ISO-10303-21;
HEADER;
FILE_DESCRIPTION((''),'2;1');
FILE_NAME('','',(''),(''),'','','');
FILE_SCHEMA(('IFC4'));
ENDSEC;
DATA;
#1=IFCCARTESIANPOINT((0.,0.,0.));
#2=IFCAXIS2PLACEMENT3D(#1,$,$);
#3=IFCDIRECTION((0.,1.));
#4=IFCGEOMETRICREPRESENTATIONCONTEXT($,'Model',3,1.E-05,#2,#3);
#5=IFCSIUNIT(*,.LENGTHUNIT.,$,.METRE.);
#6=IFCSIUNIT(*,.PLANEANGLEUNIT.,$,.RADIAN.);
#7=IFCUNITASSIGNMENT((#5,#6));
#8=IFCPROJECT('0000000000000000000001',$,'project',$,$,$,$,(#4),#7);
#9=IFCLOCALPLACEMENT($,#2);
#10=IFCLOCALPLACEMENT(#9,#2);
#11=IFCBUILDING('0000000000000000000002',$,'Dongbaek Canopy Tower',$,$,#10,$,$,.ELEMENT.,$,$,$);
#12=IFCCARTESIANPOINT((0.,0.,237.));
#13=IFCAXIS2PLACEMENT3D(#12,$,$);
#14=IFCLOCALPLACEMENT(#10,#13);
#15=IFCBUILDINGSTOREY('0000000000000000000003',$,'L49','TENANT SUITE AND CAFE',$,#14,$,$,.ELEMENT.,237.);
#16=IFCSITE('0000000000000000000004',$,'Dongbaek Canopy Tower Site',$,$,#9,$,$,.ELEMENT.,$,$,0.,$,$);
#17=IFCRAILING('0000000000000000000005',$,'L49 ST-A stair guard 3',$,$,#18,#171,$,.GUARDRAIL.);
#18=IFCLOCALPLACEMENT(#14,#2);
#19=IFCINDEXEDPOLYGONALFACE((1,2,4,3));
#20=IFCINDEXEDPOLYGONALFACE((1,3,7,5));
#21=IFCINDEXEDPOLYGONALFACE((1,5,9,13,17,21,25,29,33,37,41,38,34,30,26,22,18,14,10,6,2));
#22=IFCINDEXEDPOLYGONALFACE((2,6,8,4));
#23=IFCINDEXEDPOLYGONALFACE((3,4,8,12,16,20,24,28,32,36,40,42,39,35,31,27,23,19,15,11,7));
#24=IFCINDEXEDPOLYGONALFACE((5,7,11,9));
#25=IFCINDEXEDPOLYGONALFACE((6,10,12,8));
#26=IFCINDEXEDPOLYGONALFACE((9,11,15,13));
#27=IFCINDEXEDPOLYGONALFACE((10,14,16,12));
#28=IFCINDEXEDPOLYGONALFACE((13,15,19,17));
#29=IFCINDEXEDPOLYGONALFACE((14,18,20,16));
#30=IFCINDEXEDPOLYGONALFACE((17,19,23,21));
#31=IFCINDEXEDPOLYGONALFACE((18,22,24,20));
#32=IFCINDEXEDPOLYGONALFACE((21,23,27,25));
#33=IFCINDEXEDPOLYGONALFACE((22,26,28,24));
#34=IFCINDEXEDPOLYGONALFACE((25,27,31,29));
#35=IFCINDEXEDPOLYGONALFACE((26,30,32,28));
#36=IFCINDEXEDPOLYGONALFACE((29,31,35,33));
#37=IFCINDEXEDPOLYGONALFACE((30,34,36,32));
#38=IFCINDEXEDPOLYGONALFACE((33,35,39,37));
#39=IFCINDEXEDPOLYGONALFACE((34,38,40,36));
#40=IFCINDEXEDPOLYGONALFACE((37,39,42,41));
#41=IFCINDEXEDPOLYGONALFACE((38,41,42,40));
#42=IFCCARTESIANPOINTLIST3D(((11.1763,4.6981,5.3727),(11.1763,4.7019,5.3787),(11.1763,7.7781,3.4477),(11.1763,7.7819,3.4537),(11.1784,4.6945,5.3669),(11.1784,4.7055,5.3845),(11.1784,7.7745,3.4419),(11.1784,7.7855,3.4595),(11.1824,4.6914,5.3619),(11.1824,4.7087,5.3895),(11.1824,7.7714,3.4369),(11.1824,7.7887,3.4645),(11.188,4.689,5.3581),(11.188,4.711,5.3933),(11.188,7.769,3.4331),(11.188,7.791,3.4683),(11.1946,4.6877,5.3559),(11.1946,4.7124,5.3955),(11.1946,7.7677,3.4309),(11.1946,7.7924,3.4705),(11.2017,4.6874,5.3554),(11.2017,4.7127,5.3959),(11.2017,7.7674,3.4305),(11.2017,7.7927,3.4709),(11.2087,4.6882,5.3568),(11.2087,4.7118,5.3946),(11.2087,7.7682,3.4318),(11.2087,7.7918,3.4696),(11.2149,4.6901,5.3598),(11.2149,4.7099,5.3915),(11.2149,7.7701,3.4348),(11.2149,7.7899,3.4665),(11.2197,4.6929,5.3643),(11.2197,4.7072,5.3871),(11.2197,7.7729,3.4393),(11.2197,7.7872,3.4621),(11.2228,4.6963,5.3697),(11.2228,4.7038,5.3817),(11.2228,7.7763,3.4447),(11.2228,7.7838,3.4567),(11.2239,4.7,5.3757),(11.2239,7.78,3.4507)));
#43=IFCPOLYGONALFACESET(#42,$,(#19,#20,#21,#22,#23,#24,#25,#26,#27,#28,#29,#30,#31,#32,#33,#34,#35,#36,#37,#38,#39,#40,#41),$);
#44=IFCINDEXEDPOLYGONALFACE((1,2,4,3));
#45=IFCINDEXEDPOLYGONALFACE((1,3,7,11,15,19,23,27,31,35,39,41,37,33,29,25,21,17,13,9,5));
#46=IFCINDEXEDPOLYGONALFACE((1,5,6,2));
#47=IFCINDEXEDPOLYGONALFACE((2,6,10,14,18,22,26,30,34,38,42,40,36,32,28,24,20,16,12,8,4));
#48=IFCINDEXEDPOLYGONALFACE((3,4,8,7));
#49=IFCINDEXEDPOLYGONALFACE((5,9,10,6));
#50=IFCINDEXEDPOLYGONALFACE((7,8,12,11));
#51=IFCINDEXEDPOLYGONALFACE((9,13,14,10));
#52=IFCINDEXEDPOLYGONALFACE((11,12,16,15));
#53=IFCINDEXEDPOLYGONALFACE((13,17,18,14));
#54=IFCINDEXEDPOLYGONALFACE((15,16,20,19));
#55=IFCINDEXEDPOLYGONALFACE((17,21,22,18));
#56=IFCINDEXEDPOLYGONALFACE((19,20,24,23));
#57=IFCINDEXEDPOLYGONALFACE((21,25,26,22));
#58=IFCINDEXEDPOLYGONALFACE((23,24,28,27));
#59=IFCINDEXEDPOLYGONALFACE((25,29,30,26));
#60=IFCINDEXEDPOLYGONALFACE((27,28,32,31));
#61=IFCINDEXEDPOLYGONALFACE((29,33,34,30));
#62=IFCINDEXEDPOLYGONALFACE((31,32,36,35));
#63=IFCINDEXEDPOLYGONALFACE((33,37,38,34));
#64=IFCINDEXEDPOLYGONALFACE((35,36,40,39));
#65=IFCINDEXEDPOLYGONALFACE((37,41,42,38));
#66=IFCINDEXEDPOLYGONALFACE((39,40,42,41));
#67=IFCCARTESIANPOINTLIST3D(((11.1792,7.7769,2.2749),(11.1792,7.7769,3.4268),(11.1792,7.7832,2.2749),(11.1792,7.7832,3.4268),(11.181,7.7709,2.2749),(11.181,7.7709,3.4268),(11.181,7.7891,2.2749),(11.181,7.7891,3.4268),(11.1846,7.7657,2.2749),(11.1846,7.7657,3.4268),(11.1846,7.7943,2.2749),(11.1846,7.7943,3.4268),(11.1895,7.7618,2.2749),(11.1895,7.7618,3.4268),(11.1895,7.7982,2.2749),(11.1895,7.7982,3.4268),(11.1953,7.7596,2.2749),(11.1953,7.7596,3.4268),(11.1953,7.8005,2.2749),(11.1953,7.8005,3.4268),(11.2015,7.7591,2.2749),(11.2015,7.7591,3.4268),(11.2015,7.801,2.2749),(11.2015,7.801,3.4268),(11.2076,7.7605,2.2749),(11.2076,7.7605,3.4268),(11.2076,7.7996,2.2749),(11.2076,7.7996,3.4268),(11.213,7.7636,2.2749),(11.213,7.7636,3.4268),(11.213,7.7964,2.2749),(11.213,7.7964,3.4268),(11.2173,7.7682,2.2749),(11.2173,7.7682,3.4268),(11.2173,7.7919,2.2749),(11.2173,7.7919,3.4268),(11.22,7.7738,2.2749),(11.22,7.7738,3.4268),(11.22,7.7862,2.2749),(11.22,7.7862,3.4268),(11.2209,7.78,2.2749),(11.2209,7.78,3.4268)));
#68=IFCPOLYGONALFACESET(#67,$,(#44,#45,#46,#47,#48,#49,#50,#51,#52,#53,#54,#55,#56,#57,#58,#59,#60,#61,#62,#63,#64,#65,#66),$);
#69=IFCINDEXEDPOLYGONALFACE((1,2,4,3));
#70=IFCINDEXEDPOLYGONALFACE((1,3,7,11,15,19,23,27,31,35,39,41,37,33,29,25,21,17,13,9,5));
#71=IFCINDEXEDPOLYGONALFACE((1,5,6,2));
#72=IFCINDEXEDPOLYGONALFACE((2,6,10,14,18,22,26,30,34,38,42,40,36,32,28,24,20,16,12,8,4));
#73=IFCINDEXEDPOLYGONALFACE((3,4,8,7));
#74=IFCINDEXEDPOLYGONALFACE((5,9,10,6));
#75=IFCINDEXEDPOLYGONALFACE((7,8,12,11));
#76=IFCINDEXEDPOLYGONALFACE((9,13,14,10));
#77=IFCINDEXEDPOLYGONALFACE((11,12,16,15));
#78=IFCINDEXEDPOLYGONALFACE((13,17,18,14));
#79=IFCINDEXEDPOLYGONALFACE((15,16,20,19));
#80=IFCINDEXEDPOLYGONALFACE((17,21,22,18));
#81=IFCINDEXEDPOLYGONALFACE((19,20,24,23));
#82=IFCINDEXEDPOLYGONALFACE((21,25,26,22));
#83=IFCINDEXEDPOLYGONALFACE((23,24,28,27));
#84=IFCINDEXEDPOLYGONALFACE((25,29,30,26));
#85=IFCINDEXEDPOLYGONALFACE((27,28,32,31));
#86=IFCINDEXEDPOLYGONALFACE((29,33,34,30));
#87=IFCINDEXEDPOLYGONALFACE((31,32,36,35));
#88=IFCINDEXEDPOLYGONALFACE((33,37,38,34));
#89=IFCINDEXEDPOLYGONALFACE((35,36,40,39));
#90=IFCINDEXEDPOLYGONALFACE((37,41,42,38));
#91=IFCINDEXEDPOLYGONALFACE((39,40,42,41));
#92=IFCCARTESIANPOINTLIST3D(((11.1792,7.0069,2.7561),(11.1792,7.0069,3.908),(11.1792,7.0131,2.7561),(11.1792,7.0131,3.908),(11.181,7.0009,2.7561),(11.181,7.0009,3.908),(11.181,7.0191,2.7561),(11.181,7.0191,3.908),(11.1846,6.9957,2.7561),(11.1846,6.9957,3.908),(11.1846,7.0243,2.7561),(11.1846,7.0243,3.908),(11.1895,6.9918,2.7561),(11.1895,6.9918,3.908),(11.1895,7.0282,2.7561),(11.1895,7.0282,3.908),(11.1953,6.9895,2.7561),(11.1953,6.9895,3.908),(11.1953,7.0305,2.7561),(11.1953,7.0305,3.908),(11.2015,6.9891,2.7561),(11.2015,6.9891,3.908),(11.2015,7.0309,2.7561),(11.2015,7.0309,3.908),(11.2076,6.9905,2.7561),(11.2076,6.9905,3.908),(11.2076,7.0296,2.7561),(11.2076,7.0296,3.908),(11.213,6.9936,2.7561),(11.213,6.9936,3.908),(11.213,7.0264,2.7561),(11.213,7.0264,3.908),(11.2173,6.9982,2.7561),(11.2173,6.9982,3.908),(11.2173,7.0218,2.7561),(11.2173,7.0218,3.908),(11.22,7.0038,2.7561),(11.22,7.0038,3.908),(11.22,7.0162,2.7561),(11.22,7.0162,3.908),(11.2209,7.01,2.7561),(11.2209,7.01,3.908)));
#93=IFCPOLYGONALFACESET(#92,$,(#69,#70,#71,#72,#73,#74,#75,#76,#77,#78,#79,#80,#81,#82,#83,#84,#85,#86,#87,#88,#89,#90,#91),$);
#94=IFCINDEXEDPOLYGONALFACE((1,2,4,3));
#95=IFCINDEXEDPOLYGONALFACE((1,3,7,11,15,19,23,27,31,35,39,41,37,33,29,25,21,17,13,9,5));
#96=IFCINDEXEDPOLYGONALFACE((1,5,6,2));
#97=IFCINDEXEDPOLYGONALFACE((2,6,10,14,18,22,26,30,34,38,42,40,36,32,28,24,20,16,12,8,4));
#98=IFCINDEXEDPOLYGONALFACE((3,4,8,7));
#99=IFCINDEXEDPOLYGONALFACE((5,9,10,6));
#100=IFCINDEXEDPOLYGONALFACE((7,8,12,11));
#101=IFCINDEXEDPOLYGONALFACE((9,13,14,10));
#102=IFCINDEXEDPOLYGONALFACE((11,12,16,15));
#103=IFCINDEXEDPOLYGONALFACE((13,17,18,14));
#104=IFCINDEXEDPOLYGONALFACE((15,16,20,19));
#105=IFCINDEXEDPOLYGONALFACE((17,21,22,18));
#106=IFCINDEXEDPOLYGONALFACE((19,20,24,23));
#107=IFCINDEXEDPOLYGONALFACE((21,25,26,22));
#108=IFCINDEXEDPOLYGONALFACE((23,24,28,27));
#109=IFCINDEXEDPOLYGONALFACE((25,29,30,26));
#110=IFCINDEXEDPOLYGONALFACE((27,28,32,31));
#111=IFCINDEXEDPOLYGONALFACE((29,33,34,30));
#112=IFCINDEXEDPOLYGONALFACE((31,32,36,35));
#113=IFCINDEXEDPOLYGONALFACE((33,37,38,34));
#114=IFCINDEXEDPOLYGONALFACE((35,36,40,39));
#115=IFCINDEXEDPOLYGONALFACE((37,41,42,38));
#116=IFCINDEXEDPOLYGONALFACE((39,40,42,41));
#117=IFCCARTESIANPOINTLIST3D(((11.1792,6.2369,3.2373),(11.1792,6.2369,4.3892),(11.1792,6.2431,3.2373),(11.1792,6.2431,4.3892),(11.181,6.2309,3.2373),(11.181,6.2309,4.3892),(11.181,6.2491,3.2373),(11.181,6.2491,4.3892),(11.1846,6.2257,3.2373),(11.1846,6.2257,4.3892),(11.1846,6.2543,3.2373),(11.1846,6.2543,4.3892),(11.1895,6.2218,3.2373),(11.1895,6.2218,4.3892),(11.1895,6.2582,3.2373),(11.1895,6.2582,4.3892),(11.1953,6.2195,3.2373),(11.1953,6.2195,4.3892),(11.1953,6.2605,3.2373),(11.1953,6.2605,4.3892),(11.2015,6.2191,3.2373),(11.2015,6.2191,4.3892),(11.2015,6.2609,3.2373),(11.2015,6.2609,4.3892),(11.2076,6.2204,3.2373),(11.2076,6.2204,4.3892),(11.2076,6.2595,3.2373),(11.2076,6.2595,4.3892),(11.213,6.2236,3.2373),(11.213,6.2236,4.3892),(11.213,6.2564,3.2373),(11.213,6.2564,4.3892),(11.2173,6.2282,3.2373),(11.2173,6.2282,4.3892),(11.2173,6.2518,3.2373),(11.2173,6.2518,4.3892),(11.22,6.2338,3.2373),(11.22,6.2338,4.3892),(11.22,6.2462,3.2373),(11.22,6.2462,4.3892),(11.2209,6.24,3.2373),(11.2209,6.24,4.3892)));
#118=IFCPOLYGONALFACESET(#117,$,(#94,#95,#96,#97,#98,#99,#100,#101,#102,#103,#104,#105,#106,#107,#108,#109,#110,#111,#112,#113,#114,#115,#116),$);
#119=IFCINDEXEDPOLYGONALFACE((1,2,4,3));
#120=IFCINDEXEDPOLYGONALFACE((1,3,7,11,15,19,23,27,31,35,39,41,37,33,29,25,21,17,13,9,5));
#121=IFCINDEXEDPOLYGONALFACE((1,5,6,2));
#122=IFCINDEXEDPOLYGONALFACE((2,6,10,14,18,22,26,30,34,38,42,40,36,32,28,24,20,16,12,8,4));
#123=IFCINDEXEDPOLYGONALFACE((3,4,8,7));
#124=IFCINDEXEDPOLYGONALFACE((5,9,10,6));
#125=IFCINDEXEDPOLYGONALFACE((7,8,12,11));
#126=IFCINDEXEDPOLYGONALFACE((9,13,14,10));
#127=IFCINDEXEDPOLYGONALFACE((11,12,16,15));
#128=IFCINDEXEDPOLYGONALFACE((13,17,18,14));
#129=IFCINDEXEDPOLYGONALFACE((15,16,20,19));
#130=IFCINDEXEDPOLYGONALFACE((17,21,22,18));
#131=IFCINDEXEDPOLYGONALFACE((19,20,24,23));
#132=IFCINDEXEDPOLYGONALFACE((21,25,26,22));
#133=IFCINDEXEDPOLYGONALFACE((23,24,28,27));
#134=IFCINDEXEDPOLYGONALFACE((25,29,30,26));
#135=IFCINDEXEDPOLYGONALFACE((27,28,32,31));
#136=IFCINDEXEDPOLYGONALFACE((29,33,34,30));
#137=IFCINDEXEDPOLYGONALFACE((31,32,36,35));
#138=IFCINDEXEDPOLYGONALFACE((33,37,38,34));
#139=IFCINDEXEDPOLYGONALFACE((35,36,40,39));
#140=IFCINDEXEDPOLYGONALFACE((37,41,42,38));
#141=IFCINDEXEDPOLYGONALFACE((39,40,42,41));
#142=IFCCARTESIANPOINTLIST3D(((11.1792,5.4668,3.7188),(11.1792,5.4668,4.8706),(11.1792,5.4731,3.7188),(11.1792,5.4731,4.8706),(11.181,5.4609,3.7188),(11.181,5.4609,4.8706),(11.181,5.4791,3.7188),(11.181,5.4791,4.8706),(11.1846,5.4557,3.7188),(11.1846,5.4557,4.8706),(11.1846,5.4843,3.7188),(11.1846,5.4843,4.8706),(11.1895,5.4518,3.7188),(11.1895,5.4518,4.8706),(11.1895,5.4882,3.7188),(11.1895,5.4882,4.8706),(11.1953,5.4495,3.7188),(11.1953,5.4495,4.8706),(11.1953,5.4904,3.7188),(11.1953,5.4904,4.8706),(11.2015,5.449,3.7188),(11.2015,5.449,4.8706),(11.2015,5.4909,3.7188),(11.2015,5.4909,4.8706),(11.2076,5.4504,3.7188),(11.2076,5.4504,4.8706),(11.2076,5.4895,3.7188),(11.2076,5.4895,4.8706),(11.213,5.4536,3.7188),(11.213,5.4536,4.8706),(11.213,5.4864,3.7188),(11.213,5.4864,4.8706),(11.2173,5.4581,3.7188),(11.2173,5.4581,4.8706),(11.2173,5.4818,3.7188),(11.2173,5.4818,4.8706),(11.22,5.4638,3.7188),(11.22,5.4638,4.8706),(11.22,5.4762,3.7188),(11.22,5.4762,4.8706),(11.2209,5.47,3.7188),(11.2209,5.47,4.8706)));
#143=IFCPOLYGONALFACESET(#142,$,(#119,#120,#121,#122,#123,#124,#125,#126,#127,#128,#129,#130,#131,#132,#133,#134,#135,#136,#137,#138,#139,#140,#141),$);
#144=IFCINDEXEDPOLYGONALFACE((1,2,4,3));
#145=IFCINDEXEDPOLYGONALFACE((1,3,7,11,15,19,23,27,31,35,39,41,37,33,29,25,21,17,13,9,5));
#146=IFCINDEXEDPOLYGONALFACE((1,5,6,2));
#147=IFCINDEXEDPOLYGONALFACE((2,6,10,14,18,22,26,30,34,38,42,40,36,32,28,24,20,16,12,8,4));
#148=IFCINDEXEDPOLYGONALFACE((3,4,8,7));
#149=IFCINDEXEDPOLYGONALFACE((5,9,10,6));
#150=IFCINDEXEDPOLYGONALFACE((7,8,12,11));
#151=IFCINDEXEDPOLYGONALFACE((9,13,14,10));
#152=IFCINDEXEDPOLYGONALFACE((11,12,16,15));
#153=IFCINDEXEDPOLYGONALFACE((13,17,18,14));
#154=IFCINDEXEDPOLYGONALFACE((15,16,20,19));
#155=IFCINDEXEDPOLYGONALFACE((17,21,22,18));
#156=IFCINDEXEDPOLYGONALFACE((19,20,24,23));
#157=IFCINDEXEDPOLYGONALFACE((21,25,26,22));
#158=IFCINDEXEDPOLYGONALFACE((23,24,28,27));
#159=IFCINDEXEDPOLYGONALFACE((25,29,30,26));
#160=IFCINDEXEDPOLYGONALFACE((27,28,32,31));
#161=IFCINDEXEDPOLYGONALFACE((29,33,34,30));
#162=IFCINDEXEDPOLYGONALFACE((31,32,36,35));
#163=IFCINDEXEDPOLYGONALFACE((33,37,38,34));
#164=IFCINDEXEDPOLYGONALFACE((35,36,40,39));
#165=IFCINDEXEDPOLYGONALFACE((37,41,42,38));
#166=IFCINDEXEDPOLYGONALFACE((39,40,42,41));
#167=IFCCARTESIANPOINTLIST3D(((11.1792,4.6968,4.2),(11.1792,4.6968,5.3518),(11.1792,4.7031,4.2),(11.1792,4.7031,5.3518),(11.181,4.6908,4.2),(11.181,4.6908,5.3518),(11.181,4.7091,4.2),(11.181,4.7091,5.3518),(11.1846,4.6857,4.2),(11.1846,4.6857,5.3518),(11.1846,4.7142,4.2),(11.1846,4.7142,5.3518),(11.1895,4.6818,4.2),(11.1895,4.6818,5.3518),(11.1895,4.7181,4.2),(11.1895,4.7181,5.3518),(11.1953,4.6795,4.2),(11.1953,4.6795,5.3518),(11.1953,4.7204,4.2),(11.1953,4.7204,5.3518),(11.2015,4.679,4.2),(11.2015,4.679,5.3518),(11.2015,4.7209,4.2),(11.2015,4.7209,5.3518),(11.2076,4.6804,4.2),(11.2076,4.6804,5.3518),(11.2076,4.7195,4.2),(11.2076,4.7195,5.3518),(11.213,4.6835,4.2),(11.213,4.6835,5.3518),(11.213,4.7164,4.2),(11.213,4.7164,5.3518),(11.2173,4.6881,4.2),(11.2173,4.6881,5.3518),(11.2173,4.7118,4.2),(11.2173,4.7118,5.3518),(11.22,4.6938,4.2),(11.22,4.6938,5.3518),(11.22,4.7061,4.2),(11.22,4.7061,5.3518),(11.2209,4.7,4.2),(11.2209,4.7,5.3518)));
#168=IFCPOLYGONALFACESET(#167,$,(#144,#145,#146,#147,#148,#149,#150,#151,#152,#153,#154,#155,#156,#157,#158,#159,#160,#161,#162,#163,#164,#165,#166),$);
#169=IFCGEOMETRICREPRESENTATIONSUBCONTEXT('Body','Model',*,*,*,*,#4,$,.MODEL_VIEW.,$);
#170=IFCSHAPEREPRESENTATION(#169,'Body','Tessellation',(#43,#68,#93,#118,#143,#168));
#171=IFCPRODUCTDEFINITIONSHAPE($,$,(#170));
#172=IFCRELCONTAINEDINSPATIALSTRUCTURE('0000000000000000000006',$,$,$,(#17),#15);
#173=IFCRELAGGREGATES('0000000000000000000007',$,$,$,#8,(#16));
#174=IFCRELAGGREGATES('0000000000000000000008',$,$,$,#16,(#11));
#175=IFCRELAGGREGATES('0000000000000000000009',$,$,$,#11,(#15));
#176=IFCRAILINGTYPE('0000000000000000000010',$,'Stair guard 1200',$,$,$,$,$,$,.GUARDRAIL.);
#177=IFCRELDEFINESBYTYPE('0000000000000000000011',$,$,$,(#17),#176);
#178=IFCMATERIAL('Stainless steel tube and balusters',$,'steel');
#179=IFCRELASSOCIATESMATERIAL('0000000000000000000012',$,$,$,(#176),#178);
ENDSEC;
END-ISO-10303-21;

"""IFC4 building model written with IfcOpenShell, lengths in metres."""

from ifc_helpers import new_model, si_unit, direction, frame, origin, origin_2d, place, context, subcontext, project, spatial, circle, extrude, material, type_object, element, save


model = new_model("IFC4")

# Units and contexts
model_context = context("Model", 3, precision=1e-05, world=origin(), true_north=direction((0.0, 1.0)))
body_context = subcontext(model_context, "Body", "Model", "MODEL_VIEW")
ifc_project = project(units=[si_unit("LENGTHUNIT", "METRE"), si_unit("PLANEANGLEUNIT", "RADIAN")], contexts=[model_context])

# Site, building, storey
site_placement = place(None, origin())
site = spatial("IfcSite", under=ifc_project, at=site_placement, Name="Dongbaek Canopy Tower Site", CompositionType="ELEMENT", RefElevation=0.0)
building_placement = place(site_placement, origin())
building = spatial("IfcBuilding", under=site, at=building_placement, Name="Dongbaek Canopy Tower", CompositionType="ELEMENT")
storey_placement = place(building_placement, frame((0.0, 0.0, 237.0)))
storey = spatial("IfcBuildingStorey", under=building, at=storey_placement, Name="L49", Description="TENANT SUITE AND CAFE", CompositionType="ELEMENT", Elevation=237.0)

# Railing
ifc_material_1 = material(Name="Stainless steel tube and balusters", Category="steel")
railing_type_1 = type_object("IfcRailingType", Name="Stair guard 1200", PredefinedType="GUARDRAIL", material=ifc_material_1)
railing_1_placement = place(storey_placement, frame((11.2, 7.78, 2.2749)))
element("IfcRailing", 1, at=railing_1_placement, inside=storey, type_object=railing_type_1, Name="L49 ST-A stair guard 3", PredefinedType="GUARDRAIL", context=body_context, shape_type="SweptSolid", body=[
    extrude(circle(Radius=0.0239, at=origin_2d()), frame((0.0, 0.0, 1.1758), z_axis=(0.0, -0.847998, 0.529999), x_axis=(1.0, 0.0, 0.0)), (0.0, 0.0, 1.0), 3.6321),
    extrude(circle(Radius=0.021, at=origin_2d()), origin(), (0.0, 0.0, 1.0), 1.1519),
    extrude(circle(Radius=0.021, at=origin_2d()), frame((0.0, -0.77, 0.4812)), (0.0, 0.0, 1.0), 1.1519),
    extrude(circle(Radius=0.021, at=origin_2d()), frame((0.0, -1.54, 0.9624)), (0.0, 0.0, 1.0), 1.1519),
    extrude(circle(Radius=0.021, at=origin_2d()), frame((0.0, -2.3101, 1.4438)), (0.0, 0.0, 1.0), 1.1519),
    extrude(circle(Radius=0.021, at=origin_2d()), frame((0.0, -3.0801, 1.925)), (0.0, 0.0, 1.0), 1.1519),
])

save(model, "model.ifc")
